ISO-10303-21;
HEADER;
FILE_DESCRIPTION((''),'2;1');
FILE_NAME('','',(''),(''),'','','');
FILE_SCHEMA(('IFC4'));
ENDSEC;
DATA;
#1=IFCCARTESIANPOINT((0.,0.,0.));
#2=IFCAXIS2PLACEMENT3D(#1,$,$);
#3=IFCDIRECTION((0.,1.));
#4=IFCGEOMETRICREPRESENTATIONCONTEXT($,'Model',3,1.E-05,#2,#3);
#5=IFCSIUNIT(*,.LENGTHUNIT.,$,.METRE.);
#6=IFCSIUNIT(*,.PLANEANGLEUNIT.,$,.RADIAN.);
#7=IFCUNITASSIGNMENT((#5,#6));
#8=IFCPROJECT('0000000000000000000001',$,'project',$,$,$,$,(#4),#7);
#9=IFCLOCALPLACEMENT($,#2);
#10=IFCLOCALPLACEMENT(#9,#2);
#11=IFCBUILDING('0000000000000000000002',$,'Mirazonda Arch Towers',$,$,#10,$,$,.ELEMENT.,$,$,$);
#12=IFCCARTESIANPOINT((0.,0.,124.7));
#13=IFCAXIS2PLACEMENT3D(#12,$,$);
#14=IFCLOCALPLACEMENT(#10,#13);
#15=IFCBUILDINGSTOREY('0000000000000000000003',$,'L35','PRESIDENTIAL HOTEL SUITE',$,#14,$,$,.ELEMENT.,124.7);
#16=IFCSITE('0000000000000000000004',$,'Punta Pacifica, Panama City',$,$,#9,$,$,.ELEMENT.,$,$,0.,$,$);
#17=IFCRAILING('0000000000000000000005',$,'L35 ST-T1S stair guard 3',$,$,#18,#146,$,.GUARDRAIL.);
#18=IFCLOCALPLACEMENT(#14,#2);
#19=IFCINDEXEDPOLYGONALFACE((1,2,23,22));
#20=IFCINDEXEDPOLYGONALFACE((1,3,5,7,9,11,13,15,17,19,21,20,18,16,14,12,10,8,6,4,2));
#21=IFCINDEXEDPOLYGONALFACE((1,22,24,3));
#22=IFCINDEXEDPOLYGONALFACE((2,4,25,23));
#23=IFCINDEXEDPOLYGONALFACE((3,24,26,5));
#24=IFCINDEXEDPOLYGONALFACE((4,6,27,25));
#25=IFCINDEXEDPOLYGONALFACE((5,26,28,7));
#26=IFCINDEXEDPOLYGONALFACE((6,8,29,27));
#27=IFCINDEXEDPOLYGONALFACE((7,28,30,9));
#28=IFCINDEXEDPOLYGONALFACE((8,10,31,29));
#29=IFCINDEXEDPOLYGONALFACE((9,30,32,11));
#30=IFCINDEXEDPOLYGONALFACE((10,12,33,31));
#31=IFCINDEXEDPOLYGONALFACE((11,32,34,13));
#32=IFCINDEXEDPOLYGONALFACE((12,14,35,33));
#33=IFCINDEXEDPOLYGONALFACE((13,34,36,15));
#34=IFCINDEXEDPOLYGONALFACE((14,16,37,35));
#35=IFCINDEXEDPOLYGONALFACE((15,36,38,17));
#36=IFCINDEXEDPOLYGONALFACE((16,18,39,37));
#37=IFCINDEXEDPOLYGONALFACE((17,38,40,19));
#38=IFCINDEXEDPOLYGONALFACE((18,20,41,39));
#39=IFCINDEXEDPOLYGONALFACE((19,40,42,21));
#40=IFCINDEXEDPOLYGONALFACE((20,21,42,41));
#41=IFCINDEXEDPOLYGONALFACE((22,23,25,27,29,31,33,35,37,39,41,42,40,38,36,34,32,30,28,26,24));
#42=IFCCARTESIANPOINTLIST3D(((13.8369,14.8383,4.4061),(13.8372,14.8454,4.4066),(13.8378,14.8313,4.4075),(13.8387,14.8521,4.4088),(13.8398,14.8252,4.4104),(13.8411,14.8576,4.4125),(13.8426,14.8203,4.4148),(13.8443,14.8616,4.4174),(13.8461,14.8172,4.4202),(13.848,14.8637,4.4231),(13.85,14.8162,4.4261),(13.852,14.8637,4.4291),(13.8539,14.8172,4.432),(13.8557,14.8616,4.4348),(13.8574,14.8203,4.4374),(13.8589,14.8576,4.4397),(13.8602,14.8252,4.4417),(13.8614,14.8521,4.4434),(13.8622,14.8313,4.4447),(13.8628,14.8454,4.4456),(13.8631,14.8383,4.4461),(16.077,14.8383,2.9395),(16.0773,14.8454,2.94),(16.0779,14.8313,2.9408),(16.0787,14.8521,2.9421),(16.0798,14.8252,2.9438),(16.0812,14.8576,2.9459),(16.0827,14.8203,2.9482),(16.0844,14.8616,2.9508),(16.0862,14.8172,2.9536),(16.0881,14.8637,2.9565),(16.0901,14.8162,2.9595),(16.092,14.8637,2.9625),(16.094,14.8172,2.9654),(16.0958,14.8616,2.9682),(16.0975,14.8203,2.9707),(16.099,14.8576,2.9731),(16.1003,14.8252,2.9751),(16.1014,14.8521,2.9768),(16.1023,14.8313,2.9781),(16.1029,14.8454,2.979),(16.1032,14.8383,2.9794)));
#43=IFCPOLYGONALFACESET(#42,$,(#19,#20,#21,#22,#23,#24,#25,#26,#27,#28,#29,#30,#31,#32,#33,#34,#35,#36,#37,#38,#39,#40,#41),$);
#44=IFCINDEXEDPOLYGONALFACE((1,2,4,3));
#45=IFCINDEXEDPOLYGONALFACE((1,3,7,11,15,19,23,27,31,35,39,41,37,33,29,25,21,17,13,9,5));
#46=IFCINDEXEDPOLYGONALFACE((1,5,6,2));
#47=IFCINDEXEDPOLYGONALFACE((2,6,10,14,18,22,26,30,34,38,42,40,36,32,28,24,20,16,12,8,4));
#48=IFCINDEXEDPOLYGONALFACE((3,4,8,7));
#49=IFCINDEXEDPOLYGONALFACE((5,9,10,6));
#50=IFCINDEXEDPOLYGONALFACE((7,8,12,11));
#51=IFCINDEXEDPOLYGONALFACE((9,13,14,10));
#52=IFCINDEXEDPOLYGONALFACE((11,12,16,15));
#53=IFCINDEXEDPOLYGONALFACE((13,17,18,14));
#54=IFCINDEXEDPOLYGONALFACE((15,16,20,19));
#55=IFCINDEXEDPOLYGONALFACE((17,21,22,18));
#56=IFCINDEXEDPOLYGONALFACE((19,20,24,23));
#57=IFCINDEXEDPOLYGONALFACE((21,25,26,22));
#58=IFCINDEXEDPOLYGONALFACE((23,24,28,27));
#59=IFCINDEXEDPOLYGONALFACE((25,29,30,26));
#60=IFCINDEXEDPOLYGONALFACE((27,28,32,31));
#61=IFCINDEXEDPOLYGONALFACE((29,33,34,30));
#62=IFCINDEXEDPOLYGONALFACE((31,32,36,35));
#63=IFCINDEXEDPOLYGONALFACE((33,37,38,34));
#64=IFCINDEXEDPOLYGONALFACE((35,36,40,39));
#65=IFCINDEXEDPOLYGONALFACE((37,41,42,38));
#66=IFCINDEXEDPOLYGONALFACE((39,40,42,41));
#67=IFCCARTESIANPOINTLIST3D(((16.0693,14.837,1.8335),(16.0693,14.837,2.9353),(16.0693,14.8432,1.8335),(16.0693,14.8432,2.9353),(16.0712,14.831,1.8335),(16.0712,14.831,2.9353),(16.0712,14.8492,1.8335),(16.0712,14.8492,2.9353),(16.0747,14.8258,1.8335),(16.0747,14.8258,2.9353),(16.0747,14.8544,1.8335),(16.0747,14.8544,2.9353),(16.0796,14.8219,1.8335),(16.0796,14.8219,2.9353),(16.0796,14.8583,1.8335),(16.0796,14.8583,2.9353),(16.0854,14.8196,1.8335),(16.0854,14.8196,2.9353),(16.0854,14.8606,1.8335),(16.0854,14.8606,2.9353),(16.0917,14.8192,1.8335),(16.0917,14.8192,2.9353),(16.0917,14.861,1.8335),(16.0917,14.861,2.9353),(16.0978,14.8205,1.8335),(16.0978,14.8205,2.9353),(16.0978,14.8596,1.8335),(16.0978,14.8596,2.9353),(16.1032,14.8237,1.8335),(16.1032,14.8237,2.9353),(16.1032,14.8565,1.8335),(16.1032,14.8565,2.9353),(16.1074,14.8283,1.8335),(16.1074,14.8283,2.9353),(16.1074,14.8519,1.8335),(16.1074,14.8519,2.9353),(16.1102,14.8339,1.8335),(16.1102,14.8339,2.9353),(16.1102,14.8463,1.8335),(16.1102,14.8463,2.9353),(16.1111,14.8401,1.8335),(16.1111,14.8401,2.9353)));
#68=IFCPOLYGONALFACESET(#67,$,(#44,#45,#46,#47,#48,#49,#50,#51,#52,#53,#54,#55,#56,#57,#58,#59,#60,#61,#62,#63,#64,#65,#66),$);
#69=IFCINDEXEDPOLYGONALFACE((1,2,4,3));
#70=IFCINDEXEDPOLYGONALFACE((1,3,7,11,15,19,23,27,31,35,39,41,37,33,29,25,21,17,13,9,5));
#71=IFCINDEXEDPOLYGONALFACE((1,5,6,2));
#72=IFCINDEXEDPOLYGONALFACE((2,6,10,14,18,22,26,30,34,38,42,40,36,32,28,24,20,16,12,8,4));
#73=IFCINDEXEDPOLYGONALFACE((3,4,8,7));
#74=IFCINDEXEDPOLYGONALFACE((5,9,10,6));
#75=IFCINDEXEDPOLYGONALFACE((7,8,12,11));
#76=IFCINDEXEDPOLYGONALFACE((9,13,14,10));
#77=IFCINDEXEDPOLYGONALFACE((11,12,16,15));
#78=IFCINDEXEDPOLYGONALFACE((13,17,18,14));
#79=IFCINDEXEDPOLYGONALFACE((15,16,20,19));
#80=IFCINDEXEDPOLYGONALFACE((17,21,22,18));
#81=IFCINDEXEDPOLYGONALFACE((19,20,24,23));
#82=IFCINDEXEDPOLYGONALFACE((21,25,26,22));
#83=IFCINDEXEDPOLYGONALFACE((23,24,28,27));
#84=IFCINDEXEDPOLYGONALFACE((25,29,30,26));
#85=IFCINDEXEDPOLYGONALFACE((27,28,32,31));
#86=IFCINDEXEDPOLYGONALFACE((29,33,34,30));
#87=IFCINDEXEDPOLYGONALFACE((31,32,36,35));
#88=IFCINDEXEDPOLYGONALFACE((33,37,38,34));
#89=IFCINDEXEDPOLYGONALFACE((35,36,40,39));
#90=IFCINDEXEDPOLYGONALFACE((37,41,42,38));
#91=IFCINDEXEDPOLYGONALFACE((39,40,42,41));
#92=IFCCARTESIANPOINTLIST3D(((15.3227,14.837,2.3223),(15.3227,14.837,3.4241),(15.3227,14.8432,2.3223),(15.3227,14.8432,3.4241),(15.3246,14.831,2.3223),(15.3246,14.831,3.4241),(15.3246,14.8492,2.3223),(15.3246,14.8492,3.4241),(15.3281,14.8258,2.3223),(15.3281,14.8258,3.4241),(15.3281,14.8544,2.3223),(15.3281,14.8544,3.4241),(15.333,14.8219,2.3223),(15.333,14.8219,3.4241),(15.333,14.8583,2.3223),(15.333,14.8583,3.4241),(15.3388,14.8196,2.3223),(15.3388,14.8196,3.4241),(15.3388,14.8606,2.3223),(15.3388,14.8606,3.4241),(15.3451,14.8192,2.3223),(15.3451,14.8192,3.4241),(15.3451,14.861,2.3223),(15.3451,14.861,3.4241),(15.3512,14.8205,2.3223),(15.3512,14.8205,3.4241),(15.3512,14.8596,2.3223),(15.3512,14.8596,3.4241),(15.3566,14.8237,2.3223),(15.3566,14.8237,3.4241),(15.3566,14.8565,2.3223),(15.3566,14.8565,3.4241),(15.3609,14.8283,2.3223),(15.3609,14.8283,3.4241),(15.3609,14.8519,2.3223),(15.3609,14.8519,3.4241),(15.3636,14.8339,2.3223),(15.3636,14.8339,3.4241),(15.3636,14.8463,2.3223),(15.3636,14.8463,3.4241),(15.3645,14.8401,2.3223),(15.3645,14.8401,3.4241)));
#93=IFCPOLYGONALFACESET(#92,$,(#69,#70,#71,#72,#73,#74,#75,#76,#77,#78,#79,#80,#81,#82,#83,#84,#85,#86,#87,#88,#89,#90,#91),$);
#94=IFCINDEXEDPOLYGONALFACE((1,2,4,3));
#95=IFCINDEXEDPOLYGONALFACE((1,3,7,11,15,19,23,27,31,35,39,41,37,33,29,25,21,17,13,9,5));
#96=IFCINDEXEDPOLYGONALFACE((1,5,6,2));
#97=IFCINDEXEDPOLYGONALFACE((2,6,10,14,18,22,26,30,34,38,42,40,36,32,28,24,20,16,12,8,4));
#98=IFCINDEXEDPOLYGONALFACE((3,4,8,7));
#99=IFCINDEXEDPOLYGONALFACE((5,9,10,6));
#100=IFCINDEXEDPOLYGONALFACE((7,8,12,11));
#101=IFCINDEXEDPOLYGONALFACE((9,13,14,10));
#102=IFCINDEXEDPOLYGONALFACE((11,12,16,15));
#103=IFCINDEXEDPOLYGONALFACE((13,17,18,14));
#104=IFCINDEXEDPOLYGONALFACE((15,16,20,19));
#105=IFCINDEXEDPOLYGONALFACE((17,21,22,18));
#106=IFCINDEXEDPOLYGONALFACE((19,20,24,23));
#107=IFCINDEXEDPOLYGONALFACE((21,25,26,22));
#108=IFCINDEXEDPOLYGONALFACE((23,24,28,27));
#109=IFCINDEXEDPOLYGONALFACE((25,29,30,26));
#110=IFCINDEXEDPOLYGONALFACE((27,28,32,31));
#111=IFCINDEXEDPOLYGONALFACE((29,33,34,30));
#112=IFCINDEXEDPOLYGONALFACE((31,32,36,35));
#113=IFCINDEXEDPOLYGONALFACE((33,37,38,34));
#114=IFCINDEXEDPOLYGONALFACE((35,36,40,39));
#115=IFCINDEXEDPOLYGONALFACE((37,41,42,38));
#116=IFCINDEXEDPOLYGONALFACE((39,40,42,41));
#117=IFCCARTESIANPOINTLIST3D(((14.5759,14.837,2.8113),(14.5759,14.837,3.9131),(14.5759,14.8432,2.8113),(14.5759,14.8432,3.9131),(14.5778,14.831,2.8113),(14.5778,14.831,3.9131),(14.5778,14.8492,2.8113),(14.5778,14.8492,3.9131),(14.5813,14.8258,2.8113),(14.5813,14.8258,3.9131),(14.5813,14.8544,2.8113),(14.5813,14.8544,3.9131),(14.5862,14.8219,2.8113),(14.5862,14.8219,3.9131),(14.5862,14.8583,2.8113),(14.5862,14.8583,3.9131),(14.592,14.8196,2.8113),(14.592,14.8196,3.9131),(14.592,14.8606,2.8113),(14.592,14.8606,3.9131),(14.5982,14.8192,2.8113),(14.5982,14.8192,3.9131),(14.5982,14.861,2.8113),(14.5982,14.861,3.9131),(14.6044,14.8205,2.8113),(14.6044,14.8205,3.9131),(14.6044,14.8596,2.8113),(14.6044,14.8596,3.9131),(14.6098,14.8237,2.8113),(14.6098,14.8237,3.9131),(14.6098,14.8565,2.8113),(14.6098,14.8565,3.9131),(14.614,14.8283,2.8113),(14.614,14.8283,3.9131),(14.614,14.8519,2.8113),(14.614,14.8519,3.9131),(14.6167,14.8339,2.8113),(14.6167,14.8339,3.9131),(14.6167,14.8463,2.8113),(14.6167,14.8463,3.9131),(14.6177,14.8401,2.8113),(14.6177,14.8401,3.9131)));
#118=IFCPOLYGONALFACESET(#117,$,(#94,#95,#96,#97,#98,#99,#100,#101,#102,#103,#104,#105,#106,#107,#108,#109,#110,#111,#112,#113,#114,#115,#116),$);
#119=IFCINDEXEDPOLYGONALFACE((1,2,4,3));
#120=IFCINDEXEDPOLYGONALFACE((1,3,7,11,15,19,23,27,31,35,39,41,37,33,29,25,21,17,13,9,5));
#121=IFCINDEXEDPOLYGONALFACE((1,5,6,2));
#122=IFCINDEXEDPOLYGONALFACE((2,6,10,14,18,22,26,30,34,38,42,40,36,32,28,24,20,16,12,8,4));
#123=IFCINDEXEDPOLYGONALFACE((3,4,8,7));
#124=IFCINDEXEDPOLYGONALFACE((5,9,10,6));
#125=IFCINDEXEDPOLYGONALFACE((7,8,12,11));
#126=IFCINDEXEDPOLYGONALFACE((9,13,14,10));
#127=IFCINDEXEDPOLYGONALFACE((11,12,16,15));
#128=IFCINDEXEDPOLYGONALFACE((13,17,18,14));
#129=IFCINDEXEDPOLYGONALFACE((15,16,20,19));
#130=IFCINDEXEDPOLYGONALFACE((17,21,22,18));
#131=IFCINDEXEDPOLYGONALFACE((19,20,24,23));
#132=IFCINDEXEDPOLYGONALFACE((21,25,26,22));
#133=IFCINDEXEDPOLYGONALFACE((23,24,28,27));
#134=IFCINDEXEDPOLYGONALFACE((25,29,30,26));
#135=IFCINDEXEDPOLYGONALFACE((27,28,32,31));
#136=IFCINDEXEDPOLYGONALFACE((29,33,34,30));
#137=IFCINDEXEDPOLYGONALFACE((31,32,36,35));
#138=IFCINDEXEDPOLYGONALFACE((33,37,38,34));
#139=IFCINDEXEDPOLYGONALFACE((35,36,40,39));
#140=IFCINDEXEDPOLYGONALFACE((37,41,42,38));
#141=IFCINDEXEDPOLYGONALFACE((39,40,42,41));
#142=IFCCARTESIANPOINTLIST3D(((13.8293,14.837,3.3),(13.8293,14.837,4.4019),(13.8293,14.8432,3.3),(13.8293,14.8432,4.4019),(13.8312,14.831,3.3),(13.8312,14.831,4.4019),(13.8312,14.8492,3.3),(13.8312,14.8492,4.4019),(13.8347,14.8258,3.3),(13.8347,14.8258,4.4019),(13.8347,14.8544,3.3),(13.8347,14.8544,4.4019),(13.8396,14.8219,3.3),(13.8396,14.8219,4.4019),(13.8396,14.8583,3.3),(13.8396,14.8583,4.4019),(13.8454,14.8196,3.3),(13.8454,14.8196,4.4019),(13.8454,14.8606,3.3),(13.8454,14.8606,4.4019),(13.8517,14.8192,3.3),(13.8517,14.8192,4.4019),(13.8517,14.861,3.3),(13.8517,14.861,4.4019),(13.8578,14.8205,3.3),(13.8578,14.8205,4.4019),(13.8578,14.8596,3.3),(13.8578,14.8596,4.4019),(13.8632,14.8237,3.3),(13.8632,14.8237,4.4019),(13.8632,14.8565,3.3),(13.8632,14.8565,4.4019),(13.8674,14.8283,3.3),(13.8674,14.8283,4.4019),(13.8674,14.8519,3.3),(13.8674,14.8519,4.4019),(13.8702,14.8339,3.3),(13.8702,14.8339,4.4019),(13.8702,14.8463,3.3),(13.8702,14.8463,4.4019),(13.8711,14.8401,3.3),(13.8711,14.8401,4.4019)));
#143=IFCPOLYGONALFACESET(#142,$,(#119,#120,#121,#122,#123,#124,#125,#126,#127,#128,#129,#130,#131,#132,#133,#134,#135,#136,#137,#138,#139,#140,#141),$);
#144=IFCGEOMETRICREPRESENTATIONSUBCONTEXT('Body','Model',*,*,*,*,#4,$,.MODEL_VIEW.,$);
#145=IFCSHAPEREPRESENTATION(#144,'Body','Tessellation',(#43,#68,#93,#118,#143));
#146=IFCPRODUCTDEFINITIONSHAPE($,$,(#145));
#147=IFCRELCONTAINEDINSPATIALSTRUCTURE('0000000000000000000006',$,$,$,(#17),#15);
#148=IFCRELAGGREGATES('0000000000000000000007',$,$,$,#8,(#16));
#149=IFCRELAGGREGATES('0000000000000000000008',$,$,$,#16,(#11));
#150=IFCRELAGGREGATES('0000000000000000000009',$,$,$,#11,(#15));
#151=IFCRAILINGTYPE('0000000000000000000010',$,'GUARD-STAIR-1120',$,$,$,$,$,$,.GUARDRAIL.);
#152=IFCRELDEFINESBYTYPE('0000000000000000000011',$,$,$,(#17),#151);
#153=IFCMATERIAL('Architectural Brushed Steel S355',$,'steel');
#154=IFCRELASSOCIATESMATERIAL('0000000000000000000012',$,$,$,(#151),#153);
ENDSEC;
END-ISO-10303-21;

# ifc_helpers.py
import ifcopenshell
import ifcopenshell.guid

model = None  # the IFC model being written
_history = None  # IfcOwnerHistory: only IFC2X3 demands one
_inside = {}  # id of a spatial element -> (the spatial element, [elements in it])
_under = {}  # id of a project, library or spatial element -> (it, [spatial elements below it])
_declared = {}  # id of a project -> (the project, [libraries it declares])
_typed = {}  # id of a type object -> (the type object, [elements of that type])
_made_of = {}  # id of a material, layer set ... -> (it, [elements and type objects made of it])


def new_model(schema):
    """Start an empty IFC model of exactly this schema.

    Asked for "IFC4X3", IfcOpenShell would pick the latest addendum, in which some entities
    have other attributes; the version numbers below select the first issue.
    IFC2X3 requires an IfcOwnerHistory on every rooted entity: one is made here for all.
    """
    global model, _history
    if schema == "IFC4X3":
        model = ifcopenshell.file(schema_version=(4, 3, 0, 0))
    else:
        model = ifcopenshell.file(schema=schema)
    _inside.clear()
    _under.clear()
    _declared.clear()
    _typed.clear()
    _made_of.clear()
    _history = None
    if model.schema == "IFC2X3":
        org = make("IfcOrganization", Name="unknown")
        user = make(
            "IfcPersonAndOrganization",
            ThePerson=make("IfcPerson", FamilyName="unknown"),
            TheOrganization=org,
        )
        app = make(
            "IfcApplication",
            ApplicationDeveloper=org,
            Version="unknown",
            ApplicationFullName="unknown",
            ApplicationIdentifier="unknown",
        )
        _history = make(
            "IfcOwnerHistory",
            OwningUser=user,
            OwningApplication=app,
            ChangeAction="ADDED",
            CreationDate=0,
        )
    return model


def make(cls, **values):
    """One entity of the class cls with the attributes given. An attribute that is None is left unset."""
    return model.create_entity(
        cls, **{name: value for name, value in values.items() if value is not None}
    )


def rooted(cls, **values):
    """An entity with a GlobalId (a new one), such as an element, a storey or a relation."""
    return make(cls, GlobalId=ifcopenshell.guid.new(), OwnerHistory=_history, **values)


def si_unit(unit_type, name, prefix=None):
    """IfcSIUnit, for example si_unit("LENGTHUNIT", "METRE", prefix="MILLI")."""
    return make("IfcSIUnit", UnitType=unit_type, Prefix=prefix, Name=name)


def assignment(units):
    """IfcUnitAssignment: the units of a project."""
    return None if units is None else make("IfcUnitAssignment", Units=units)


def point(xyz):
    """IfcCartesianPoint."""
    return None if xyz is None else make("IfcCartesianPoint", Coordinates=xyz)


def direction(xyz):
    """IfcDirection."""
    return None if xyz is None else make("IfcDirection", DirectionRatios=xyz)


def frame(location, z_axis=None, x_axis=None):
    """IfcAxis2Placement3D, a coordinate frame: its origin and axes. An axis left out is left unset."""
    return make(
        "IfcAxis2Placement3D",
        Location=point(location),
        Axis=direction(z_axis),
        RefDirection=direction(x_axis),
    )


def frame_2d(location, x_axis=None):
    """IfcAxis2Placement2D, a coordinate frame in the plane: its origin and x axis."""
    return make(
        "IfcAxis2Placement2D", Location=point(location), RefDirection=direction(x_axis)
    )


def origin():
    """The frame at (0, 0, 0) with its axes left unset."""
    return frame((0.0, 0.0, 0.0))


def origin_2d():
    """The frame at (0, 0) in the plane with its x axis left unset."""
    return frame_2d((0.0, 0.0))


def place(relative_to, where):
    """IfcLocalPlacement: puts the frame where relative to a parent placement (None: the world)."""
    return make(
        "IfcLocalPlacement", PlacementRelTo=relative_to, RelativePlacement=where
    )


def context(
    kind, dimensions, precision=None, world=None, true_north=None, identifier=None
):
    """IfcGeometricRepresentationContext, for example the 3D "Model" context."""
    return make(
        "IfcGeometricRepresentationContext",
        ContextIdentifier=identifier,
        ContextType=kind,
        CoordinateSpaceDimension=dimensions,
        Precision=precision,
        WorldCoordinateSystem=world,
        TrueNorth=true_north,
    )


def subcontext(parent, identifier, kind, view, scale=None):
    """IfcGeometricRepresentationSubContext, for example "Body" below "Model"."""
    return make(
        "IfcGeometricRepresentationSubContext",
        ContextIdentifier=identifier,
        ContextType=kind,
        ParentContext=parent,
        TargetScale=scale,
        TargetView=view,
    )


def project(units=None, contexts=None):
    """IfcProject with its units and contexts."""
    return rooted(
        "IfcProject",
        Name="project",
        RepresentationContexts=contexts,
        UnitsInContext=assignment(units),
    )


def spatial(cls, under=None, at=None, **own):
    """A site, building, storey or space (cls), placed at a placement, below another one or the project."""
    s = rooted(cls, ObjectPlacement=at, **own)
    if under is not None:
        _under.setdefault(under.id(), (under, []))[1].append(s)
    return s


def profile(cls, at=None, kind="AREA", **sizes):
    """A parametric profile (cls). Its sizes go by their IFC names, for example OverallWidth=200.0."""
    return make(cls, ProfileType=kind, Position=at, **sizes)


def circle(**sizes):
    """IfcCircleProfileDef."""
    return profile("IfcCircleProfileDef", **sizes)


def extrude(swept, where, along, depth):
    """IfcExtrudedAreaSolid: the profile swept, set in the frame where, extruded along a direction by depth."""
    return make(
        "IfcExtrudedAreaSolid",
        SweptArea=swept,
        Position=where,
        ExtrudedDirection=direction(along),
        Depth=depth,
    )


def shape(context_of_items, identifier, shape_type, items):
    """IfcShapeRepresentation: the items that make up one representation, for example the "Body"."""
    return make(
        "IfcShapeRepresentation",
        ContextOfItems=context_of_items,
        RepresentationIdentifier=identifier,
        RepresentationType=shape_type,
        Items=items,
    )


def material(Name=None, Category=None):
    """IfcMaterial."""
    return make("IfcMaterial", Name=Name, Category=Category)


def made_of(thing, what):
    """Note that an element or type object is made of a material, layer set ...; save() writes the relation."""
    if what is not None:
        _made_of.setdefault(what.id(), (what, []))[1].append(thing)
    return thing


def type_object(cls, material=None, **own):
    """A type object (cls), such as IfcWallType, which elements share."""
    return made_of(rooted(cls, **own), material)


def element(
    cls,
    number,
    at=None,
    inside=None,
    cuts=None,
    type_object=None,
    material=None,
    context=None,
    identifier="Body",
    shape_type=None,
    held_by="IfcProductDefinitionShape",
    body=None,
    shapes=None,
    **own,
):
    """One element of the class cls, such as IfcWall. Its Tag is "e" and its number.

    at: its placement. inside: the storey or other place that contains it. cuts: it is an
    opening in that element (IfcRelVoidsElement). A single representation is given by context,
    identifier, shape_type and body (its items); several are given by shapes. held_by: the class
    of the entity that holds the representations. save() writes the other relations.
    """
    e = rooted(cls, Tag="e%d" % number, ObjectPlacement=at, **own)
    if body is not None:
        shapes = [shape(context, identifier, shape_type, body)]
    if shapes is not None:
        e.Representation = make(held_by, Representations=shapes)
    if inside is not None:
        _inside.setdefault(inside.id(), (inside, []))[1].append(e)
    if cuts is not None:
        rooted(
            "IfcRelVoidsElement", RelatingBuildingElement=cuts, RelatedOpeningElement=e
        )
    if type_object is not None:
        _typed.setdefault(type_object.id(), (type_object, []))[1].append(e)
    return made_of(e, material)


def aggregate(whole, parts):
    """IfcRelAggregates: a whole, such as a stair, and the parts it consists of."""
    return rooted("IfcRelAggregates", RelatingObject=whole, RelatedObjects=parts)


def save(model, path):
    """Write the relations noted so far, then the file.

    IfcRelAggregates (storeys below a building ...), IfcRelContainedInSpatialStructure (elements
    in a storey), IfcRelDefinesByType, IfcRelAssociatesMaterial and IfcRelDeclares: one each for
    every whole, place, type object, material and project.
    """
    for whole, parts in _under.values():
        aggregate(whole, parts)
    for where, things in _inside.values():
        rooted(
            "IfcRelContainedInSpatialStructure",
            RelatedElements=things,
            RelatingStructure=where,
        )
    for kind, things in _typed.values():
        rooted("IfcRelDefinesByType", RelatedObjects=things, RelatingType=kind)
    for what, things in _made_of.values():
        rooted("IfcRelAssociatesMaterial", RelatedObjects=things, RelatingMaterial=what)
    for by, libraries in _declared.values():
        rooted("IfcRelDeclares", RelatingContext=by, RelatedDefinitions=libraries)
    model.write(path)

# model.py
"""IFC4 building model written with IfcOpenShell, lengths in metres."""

from ifc_helpers import new_model, si_unit, direction, frame, origin, origin_2d, place, context, subcontext, project, spatial, circle, extrude, material, type_object, element, save


model = new_model("IFC4")

# Units and contexts
model_context = context("Model", 3, precision=1e-05, world=origin(), true_north=direction((0.0, 1.0)))
body_context = subcontext(model_context, "Body", "Model", "MODEL_VIEW")
ifc_project = project(units=[si_unit("LENGTHUNIT", "METRE"), si_unit("PLANEANGLEUNIT", "RADIAN")], contexts=[model_context])

# Site, building, storey
site_placement = place(None, origin())
site = spatial("IfcSite", under=ifc_project, at=site_placement, Name="Punta Pacifica, Panama City", CompositionType="ELEMENT", RefElevation=0.0)
building_placement = place(site_placement, origin())
building = spatial("IfcBuilding", under=site, at=building_placement, Name="Mirazonda Arch Towers", CompositionType="ELEMENT")
storey_placement = place(building_placement, frame((0.0, 0.0, 124.7)))
storey = spatial("IfcBuildingStorey", under=building, at=storey_placement, Name="L35", Description="PRESIDENTIAL HOTEL SUITE", CompositionType="ELEMENT", Elevation=124.7)

# Shared definitions
ifc_material_1 = material(Name="Architectural Brushed Steel S355", Category="steel")

# Railing
railing_type_1 = type_object("IfcRailingType", Name="GUARD-STAIR-1120", PredefinedType="GUARDRAIL", material=ifc_material_1)
railing_1_placement = place(storey_placement, frame((16.0901, 14.8401, 1.8335)))
element("IfcRailing", 1, at=railing_1_placement, inside=storey, type_object=railing_type_1, Name="L35 ST-T1S stair guard 3", PredefinedType="GUARDRAIL", context=body_context, shape_type="SweptSolid", body=[
    extrude(circle(Radius=0.0239, at=origin_2d()), frame((0.0, 0.0, 1.126), z_axis=(-0.836637, 0.0, 0.547758), x_axis=(0.0, -1.0, 0.0)), (0.0, 0.0, 1.0), 2.6775),
    extrude(circle(Radius=0.021, at=origin_2d()), origin(), (0.0, 0.0, 1.0), 1.1018),
    extrude(circle(Radius=0.021, at=origin_2d()), frame((-0.7466, 0.0, 0.4888)), (0.0, 0.0, 1.0), 1.1018),
    extrude(circle(Radius=0.021, at=origin_2d()), frame((-1.4934, 0.0, 0.9778)), (0.0, 0.0, 1.0), 1.1018),
    extrude(circle(Radius=0.021, at=origin_2d()), frame((-2.24, 0.0, 1.4666)), (0.0, 0.0, 1.0), 1.1018),
])

save(model, "model.ifc")
